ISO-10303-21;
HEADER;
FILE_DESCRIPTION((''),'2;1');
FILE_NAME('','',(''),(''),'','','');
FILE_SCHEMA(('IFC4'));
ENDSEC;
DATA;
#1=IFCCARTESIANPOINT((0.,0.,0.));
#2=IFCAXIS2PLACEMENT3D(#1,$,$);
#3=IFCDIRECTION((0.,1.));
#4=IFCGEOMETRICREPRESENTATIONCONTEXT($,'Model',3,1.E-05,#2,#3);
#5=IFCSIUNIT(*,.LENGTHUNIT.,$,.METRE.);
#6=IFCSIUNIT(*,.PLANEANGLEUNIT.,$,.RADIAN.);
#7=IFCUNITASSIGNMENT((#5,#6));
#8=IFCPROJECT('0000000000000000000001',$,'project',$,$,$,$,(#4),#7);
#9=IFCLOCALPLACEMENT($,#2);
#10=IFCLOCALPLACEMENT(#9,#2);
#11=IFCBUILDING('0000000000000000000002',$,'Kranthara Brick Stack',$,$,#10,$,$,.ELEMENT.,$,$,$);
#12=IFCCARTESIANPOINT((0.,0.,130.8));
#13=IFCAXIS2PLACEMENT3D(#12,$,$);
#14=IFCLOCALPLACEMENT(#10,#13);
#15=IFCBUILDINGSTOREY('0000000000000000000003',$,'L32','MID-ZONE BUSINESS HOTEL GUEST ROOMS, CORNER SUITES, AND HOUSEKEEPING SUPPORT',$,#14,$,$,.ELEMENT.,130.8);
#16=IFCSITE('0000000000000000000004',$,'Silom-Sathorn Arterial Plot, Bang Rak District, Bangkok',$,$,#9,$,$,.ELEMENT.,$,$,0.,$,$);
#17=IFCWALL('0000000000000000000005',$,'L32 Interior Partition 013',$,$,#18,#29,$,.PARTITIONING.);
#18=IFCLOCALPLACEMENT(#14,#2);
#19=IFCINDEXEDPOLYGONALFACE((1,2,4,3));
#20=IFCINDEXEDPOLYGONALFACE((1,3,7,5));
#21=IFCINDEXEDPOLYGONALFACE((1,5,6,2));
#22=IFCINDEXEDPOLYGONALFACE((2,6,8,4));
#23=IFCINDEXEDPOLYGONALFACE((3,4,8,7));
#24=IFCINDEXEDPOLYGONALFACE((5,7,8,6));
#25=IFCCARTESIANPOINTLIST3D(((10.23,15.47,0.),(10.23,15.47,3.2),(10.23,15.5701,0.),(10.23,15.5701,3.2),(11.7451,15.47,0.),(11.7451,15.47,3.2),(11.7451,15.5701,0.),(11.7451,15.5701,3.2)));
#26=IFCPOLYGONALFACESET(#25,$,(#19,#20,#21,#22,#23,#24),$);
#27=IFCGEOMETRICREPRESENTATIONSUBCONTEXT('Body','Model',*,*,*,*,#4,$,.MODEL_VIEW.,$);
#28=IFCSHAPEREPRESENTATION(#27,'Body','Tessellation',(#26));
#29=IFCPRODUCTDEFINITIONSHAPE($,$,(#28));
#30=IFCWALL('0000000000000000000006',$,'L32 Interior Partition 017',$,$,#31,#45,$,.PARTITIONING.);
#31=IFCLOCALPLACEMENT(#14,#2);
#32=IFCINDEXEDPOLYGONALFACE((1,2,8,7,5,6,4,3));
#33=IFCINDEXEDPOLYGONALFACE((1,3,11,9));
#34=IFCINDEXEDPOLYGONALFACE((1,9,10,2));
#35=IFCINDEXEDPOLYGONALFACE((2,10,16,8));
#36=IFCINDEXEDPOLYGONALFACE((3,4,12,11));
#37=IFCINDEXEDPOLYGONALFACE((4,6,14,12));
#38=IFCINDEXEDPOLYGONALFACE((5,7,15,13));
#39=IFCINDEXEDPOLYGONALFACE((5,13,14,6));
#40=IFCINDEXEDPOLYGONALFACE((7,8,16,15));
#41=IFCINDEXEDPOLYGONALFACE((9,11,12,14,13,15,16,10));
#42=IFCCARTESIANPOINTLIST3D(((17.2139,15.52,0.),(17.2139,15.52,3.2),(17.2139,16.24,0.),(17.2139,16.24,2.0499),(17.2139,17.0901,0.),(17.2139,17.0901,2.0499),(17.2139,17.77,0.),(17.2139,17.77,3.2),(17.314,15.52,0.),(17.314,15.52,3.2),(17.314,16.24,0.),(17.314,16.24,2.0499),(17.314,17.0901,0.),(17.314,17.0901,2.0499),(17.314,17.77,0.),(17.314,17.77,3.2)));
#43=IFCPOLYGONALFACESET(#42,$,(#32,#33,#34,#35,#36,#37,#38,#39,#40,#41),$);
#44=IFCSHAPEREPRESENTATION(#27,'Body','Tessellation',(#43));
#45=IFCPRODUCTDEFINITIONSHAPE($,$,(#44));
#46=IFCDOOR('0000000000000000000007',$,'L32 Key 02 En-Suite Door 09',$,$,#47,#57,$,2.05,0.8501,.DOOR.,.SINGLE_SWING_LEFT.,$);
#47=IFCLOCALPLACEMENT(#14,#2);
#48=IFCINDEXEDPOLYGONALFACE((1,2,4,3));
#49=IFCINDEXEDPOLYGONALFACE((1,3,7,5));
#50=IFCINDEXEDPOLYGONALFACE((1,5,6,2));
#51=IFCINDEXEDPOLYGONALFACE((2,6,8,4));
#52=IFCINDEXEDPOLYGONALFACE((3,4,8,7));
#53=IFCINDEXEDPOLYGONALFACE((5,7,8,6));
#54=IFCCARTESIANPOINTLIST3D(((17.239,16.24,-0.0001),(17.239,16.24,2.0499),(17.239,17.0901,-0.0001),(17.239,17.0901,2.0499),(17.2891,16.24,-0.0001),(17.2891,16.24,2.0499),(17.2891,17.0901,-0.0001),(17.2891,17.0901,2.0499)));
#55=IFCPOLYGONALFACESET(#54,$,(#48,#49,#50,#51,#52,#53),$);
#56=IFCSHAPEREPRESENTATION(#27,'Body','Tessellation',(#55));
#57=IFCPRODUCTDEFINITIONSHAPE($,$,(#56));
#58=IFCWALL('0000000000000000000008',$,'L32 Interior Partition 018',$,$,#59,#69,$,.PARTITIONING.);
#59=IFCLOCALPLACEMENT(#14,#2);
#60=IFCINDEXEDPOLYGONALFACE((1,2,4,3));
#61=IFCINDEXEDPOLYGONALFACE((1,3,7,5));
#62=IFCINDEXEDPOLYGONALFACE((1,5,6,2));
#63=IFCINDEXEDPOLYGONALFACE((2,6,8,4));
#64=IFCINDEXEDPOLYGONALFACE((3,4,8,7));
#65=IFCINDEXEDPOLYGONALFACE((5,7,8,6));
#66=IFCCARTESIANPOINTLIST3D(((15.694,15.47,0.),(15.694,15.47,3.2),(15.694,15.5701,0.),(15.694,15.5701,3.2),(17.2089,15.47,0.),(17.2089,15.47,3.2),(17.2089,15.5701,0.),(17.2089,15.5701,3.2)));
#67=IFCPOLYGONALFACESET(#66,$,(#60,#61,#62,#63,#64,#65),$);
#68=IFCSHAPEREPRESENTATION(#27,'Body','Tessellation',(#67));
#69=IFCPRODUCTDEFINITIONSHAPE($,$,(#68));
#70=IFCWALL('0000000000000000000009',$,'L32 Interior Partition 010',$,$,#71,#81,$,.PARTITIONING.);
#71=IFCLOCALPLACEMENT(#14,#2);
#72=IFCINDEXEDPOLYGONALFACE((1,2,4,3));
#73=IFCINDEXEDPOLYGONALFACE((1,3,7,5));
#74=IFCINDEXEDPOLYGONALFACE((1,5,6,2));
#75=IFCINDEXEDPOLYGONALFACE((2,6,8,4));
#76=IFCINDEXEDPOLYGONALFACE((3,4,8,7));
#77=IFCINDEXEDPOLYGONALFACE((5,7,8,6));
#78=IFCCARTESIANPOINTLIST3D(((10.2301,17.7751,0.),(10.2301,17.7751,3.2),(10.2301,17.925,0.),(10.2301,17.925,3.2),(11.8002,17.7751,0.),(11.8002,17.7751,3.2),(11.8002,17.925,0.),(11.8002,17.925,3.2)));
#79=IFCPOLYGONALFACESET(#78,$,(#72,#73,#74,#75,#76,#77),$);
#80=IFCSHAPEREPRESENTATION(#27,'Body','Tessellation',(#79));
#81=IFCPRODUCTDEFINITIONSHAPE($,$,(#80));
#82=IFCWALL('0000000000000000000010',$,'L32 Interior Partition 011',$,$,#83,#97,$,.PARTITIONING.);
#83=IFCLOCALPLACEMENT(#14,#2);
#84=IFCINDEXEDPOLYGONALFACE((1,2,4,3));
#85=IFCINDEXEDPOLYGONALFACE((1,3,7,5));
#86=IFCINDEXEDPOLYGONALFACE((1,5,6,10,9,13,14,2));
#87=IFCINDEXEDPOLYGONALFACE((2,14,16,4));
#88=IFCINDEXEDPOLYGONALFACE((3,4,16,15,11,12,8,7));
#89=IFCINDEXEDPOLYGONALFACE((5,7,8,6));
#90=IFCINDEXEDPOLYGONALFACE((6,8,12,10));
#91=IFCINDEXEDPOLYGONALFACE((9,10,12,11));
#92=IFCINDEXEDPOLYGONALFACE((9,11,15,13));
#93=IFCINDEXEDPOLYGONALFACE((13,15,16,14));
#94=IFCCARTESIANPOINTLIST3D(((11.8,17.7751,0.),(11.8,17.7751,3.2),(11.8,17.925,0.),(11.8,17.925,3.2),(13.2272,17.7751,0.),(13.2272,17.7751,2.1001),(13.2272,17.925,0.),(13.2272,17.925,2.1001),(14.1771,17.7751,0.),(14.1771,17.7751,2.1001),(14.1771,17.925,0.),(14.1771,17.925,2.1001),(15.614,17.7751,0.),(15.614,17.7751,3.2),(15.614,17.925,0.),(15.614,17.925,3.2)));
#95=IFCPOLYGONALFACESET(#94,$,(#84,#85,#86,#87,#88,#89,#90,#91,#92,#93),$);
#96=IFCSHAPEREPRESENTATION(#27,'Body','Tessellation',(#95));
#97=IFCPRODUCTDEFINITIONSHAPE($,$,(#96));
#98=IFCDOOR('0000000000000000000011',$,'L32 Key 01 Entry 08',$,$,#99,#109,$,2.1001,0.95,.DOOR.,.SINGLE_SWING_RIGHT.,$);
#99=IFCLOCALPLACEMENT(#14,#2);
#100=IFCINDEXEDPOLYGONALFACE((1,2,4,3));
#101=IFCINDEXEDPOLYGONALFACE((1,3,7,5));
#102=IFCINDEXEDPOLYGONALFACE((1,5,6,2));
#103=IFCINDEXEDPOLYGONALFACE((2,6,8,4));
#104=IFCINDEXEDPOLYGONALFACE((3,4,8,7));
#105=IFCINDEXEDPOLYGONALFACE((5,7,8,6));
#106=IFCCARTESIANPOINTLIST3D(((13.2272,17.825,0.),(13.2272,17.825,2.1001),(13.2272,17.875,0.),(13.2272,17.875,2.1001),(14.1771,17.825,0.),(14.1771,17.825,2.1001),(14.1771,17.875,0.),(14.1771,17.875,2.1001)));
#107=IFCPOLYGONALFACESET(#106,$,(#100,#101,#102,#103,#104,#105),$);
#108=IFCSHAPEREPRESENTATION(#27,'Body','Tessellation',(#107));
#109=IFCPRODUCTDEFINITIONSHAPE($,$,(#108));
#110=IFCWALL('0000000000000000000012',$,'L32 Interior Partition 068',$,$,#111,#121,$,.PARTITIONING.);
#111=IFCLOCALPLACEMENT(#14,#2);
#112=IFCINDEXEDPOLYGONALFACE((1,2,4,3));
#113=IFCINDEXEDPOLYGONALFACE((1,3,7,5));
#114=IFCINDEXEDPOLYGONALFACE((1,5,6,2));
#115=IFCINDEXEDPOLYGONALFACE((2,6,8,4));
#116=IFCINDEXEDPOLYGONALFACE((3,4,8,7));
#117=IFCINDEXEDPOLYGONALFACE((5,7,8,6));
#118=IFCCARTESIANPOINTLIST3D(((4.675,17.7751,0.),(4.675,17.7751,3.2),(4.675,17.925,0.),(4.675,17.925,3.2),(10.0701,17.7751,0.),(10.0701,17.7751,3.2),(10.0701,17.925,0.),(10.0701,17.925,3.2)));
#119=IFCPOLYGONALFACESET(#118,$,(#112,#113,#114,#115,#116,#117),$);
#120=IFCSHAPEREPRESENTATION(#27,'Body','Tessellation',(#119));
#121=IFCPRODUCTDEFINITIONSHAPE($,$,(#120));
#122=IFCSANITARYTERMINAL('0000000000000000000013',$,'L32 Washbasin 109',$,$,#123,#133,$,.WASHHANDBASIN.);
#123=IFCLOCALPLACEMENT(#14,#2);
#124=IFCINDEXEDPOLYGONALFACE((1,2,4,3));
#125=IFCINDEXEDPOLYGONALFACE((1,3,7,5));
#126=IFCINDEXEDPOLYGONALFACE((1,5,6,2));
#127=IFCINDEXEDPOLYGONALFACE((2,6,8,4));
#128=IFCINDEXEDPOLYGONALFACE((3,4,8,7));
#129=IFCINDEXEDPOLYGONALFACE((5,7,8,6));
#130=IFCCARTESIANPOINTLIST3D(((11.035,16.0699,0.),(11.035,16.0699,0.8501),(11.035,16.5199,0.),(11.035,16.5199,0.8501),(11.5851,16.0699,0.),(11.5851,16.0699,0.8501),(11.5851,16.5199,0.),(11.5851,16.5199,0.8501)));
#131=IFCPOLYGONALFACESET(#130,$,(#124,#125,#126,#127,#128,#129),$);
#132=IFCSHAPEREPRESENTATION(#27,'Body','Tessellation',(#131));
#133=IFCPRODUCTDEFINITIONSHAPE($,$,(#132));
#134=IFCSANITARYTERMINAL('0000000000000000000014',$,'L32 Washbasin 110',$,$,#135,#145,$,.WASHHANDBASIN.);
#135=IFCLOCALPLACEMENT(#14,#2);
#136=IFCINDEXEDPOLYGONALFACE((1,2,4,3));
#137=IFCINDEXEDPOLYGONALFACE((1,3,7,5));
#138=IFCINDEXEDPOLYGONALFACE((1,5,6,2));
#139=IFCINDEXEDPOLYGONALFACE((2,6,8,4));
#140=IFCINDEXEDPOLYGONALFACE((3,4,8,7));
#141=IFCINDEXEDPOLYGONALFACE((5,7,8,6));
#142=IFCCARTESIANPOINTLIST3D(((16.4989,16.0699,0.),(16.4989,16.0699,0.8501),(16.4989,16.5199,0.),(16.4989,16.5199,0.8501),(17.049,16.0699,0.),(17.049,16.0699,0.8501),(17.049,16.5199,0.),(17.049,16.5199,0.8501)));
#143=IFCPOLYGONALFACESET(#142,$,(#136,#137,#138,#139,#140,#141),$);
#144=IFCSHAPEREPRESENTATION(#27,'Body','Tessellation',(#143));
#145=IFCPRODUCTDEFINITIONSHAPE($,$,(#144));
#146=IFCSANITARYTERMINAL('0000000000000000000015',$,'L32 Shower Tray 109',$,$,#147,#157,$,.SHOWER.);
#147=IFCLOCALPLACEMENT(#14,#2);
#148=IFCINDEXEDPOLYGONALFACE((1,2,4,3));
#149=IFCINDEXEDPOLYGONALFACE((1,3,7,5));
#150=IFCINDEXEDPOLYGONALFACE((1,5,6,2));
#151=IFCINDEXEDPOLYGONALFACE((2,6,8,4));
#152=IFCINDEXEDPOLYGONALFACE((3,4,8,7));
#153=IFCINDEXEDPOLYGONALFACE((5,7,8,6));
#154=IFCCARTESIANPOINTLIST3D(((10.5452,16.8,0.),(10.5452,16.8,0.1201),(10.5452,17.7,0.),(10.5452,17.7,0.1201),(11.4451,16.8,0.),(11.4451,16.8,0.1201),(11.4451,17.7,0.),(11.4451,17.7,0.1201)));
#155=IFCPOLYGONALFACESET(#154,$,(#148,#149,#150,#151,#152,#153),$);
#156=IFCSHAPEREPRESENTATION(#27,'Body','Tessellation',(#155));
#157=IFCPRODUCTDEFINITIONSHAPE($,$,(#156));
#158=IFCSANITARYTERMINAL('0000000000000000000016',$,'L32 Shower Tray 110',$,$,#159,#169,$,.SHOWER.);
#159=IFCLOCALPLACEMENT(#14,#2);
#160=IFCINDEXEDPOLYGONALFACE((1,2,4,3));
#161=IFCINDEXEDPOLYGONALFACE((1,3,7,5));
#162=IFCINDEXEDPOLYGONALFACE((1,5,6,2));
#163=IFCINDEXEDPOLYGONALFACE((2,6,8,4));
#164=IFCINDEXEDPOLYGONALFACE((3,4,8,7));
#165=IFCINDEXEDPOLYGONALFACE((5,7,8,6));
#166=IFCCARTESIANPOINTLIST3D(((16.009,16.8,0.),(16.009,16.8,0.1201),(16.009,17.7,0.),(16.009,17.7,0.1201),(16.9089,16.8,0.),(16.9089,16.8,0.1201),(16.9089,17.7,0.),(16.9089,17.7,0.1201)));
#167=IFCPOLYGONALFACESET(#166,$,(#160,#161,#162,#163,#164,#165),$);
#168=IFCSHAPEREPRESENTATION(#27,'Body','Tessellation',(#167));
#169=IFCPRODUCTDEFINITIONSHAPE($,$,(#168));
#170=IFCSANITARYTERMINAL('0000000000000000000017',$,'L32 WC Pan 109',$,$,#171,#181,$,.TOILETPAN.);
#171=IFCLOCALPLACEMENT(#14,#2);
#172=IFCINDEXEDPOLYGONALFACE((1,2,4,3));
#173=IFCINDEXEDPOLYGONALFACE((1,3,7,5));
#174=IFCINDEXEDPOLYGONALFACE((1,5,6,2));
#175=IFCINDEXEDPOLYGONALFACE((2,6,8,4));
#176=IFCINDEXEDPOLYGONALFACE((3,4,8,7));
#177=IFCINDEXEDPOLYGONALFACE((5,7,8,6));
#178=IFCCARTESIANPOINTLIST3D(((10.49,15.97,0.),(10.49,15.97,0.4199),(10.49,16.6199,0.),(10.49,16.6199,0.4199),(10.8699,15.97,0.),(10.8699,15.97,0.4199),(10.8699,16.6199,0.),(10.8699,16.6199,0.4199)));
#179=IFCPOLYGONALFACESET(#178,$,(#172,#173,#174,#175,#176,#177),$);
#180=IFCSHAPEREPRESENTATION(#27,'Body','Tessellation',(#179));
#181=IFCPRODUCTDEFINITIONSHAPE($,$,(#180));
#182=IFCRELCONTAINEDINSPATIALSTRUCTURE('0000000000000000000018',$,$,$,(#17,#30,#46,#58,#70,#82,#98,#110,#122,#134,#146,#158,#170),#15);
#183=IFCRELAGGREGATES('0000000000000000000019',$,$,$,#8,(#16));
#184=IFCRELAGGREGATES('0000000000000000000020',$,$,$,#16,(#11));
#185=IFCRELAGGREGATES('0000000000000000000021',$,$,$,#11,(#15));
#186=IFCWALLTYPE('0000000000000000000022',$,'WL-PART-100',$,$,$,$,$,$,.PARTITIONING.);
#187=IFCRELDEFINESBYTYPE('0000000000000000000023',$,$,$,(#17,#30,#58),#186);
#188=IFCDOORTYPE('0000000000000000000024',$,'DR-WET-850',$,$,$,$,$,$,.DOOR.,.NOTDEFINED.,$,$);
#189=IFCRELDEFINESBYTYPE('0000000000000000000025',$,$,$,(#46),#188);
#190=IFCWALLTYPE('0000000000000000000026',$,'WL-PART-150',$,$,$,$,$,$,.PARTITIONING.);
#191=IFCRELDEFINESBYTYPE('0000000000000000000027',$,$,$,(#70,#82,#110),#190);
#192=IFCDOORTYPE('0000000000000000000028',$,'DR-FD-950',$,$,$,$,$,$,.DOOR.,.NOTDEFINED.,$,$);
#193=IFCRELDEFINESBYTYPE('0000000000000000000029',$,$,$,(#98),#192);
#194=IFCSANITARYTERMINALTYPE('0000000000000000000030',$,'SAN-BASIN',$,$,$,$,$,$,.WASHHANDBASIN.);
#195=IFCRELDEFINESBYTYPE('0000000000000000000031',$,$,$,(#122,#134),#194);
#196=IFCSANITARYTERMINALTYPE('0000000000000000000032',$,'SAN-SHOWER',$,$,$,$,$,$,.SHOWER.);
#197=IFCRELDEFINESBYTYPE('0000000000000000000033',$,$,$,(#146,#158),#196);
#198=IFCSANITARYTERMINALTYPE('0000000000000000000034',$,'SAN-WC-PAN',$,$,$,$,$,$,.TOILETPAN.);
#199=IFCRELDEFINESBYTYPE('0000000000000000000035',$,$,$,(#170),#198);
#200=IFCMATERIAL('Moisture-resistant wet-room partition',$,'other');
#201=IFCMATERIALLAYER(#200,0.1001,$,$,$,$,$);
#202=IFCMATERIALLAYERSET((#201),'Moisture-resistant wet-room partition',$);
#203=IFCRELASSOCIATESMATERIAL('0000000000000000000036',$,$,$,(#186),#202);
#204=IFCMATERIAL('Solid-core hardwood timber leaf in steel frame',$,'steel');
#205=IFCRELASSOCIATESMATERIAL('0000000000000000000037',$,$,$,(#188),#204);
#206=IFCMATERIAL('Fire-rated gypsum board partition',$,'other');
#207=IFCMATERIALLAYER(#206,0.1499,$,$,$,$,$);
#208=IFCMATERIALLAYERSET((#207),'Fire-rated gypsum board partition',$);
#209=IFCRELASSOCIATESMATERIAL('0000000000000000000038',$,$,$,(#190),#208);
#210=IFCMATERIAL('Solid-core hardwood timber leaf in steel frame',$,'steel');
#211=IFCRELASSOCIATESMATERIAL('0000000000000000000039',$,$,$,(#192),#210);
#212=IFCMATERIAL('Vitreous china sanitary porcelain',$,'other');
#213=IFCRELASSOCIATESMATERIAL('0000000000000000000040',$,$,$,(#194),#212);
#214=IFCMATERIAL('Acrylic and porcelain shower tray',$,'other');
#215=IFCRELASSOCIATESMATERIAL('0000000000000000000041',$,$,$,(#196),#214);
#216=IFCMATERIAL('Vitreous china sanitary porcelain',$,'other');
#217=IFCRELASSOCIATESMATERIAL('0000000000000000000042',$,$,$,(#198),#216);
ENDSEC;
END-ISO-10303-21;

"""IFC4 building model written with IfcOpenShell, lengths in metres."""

from ifc_helpers import new_model, si_unit, direction, frame, frame_2d, origin, origin_2d, place, context, subcontext, project, spatial, rectangle, extrude, material, layer, layer_set, type_object, element, fill, save


model = new_model("IFC4")

# Units and contexts
model_context = context("Model", 3, precision=1e-05, world=origin(), true_north=direction((0.0, 1.0)))
body_context = subcontext(model_context, "Body", "Model", "MODEL_VIEW")
ifc_project = project(units=[si_unit("LENGTHUNIT", "METRE"), si_unit("PLANEANGLEUNIT", "RADIAN")], contexts=[model_context])

# Site, building, storey
site_placement = place(None, origin())
site = spatial("IfcSite", under=ifc_project, at=site_placement, Name="Silom-Sathorn Arterial Plot, Bang Rak District, Bangkok", CompositionType="ELEMENT", RefElevation=0.0)
building_placement = place(site_placement, origin())
building = spatial("IfcBuilding", under=site, at=building_placement, Name="Kranthara Brick Stack", CompositionType="ELEMENT")
storey_placement = place(building_placement, frame((0.0, 0.0, 130.8)))
storey = spatial("IfcBuildingStorey", under=building, at=storey_placement, Name="L32", Description="MID-ZONE BUSINESS HOTEL GUEST ROOMS, CORNER SUITES, AND HOUSEKEEPING SUPPORT", CompositionType="ELEMENT", Elevation=130.8)

# Shared definitions
ifc_material_1 = material(Name="Moisture-resistant wet-room partition", Category="other")
ifc_layer_1 = layer(ifc_material_1, 0.1001)
ifc_layer_set_1 = layer_set([ifc_layer_1], Name="Moisture-resistant wet-room partition")
wall_type_1 = type_object("IfcWallType", Name="WL-PART-100", PredefinedType="PARTITIONING", material=ifc_layer_set_1)
ifc_material_2 = material(Name="Solid-core hardwood timber leaf in steel frame", Category="steel")
door_type_1 = type_object("IfcDoorType", Name="DR-WET-850", OperationType="NOTDEFINED", PredefinedType="DOOR", material=ifc_material_2)

# Wall
wall_1_placement = place(storey_placement, frame((10.23, 15.52, 0.0), z_axis=(0.0, 0.0, 1.0), x_axis=(1.0, 0.0, 0.0)))
element("IfcWall", 1, at=wall_1_placement, inside=storey, type_object=wall_type_1, Name="L32 Interior Partition 013", PredefinedType="PARTITIONING", context=body_context, shape_type="SweptSolid", body=[
    extrude(rectangle(XDim=1.5151, YDim=0.1001, at=frame_2d((0.7576, 0.0))), origin(), (0.0, 0.0, 1.0), 3.2),
])

# Wall, opening, door
wall_2_placement = place(storey_placement, frame((17.2639, 15.52, 0.0), z_axis=(0.0, 0.0, 1.0), x_axis=(0.0, 1.0, 0.0)))
wall_2 = element("IfcWall", 2, at=wall_2_placement, inside=storey, type_object=wall_type_1, Name="L32 Interior Partition 017", PredefinedType="PARTITIONING", context=body_context, shape_type="SweptSolid", body=[
    extrude(rectangle(XDim=2.25, YDim=0.1001, at=frame_2d((1.125, 0.0))), origin(), (0.0, 0.0, 1.0), 3.2),
])
opening_1_placement = place(wall_2_placement, frame((0.72, 0.0, 0.0)))
opening_1 = element("IfcOpeningElement", 3, at=opening_1_placement, cuts=wall_2, PredefinedType="OPENING", context=body_context, shape_type="SweptSolid", body=[
    extrude(rectangle(XDim=0.8501, YDim=2.05, at=frame_2d((0.425, 1.0249))), frame((0.0, 0.0601, 0.0), z_axis=(0.0, -1.0, 0.0), x_axis=(1.0, 0.0, 0.0)), (0.0, 0.0, 1.0), 0.1201),
])
door_1_placement = place(opening_1_placement, origin())
door_1 = element("IfcDoor", 4, at=door_1_placement, inside=storey, type_object=door_type_1, Name="L32 Key 02 En-Suite Door 09", OperationType="SINGLE_SWING_LEFT", OverallHeight=2.05, OverallWidth=0.8501, PredefinedType="DOOR", context=body_context, shape_type="SweptSolid", body=[
    extrude(rectangle(XDim=0.8501, YDim=2.05, at=frame_2d((0.425, 1.0249))), frame((0.0, 0.0249, 0.0), z_axis=(0.0, -1.0, 0.0), x_axis=(1.0, 0.0, 0.0)), (0.0, 0.0, 1.0), 0.05),
])
fill(opening_1, door_1)

# Walls
wall_3_placement = place(storey_placement, frame((15.6941, 15.52, 0.0), z_axis=(0.0, 0.0, 1.0), x_axis=(1.0, 0.0, 0.0)))
element("IfcWall", 5, at=wall_3_placement, inside=storey, type_object=wall_type_1, Name="L32 Interior Partition 018", PredefinedType="PARTITIONING", context=body_context, shape_type="SweptSolid", body=[
    extrude(rectangle(XDim=1.5149, YDim=0.1001, at=frame_2d((0.7573, 0.0))), origin(), (0.0, 0.0, 1.0), 3.2),
])
ifc_material_3 = material(Name="Fire-rated gypsum board partition", Category="other")
ifc_layer_2 = layer(ifc_material_3, 0.1499)
ifc_layer_set_2 = layer_set([ifc_layer_2], Name="Fire-rated gypsum board partition")
wall_type_2 = type_object("IfcWallType", Name="WL-PART-150", PredefinedType="PARTITIONING", material=ifc_layer_set_2)
wall_4_placement = place(storey_placement, frame((10.23, 17.8501, 0.0), z_axis=(0.0, 0.0, 1.0), x_axis=(1.0, 0.0, 0.0)))
element("IfcWall", 6, at=wall_4_placement, inside=storey, type_object=wall_type_2, Name="L32 Interior Partition 010", PredefinedType="PARTITIONING", context=body_context, shape_type="SweptSolid", body=[
    extrude(rectangle(XDim=1.5701, YDim=0.1499, at=frame_2d((0.7852, 0.0))), origin(), (0.0, 0.0, 1.0), 3.2),
])

# Wall, opening, door
wall_5_placement = place(storey_placement, frame((11.8, 17.8501, 0.0), z_axis=(0.0, 0.0, 1.0), x_axis=(1.0, 0.0, 0.0)))
wall_5 = element("IfcWall", 7, at=wall_5_placement, inside=storey, type_object=wall_type_2, Name="L32 Interior Partition 011", PredefinedType="PARTITIONING", context=body_context, shape_type="SweptSolid", body=[
    extrude(rectangle(XDim=3.814, YDim=0.1499, at=frame_2d((1.907, 0.0))), origin(), (0.0, 0.0, 1.0), 3.2),
])
opening_2_placement = place(wall_5_placement, frame((1.427, 0.0, 0.0)))
opening_2 = element("IfcOpeningElement", 8, at=opening_2_placement, cuts=wall_5, PredefinedType="OPENING", context=body_context, shape_type="SweptSolid", body=[
    extrude(rectangle(XDim=0.95, YDim=2.1001, at=frame_2d((0.4751, 1.05))), frame((0.0, 0.085, 0.0), z_axis=(0.0, -1.0, 0.0), x_axis=(1.0, 0.0, 0.0)), (0.0, 0.0, 1.0), 0.1699),
])
ifc_material_4 = material(Name="Solid-core hardwood timber leaf in steel frame", Category="steel")
door_type_2 = type_object("IfcDoorType", Name="DR-FD-950", OperationType="NOTDEFINED", PredefinedType="DOOR", material=ifc_material_4)
door_2_placement = place(opening_2_placement, origin())
door_2 = element("IfcDoor", 9, at=door_2_placement, inside=storey, type_object=door_type_2, Name="L32 Key 01 Entry 08", OperationType="SINGLE_SWING_RIGHT", OverallHeight=2.1001, OverallWidth=0.95, PredefinedType="DOOR", context=body_context, shape_type="SweptSolid", body=[
    extrude(rectangle(XDim=0.95, YDim=2.1001, at=frame_2d((0.4751, 1.05))), frame((0.0, 0.0249, 0.0), z_axis=(0.0, -1.0, 0.0), x_axis=(1.0, 0.0, 0.0)), (0.0, 0.0, 1.0), 0.05),
])
fill(opening_2, door_2)

# Wall
wall_6_placement = place(storey_placement, frame((4.675, 17.8501, 0.0), z_axis=(0.0, 0.0, 1.0), x_axis=(1.0, 0.0, 0.0)))
element("IfcWall", 10, at=wall_6_placement, inside=storey, type_object=wall_type_2, Name="L32 Interior Partition 068", PredefinedType="PARTITIONING", context=body_context, shape_type="SweptSolid", body=[
    extrude(rectangle(XDim=5.395, YDim=0.1499, at=frame_2d((2.6975, 0.0))), origin(), (0.0, 0.0, 1.0), 3.2),
])

# Sanitary terminals
ifc_material_5 = material(Name="Vitreous china sanitary porcelain", Category="other")
sanitary_terminal_type_1 = type_object("IfcSanitaryTerminalType", Name="SAN-BASIN", PredefinedType="WASHHANDBASIN", material=ifc_material_5)
for number, where, z_axis, x_axis, name in (
    (11, (11.3101, 16.2949, 0.0), (0.0, 0.0, 1.0), (1.0, 0.0, 0.0), "L32 Washbasin 109"),
    (12, (16.7739, 16.2949, 0.0), (0.0, 0.0, 1.0), (1.0, 0.0, 0.0), "L32 Washbasin 110"),
):
    element("IfcSanitaryTerminal", number, at=place(storey_placement, frame(where, z_axis=z_axis, x_axis=x_axis)), inside=storey, type_object=sanitary_terminal_type_1, Name=name, PredefinedType="WASHHANDBASIN", context=body_context, shape_type="SweptSolid", body=[
        extrude(rectangle(XDim=0.55, YDim=0.45, at=origin_2d()), origin(), (0.0, 0.0, 1.0), 0.8501),
    ])
ifc_material_6 = material(Name="Acrylic and porcelain shower tray", Category="other")
sanitary_terminal_type_2 = type_object("IfcSanitaryTerminalType", Name="SAN-SHOWER", PredefinedType="SHOWER", material=ifc_material_6)
for number, where, z_axis, x_axis, name in (
    (13, (10.9951, 17.25, 0.0), (0.0, 0.0, 1.0), (1.0, 0.0, 0.0), "L32 Shower Tray 109"),
    (14, (16.459, 17.25, 0.0), (0.0, 0.0, 1.0), (1.0, 0.0, 0.0), "L32 Shower Tray 110"),
):
    element("IfcSanitaryTerminal", number, at=place(storey_placement, frame(where, z_axis=z_axis, x_axis=x_axis)), inside=storey, type_object=sanitary_terminal_type_2, Name=name, PredefinedType="SHOWER", context=body_context, shape_type="SweptSolid", body=[
        extrude(rectangle(XDim=0.8999, YDim=0.8999, at=origin_2d()), origin(), (0.0, 0.0, 1.0), 0.1201),
    ])
ifc_material_7 = material(Name="Vitreous china sanitary porcelain", Category="other")
sanitary_terminal_type_3 = type_object("IfcSanitaryTerminalType", Name="SAN-WC-PAN", PredefinedType="TOILETPAN", material=ifc_material_7)
for number, where, z_axis, x_axis, name in (
    (15, (10.6799, 16.2949, 0.0), (0.0, 0.0, 1.0), (1.0, 0.0, 0.0), "L32 WC Pan 109"),
):
    element("IfcSanitaryTerminal", number, at=place(storey_placement, frame(where, z_axis=z_axis, x_axis=x_axis)), inside=storey, type_object=sanitary_terminal_type_3, Name=name, PredefinedType="TOILETPAN", context=body_context, shape_type="SweptSolid", body=[
        extrude(rectangle(XDim=0.3799, YDim=0.6499, at=origin_2d()), origin(), (0.0, 0.0, 1.0), 0.4199),
    ])

save(model, "model.ifc")
